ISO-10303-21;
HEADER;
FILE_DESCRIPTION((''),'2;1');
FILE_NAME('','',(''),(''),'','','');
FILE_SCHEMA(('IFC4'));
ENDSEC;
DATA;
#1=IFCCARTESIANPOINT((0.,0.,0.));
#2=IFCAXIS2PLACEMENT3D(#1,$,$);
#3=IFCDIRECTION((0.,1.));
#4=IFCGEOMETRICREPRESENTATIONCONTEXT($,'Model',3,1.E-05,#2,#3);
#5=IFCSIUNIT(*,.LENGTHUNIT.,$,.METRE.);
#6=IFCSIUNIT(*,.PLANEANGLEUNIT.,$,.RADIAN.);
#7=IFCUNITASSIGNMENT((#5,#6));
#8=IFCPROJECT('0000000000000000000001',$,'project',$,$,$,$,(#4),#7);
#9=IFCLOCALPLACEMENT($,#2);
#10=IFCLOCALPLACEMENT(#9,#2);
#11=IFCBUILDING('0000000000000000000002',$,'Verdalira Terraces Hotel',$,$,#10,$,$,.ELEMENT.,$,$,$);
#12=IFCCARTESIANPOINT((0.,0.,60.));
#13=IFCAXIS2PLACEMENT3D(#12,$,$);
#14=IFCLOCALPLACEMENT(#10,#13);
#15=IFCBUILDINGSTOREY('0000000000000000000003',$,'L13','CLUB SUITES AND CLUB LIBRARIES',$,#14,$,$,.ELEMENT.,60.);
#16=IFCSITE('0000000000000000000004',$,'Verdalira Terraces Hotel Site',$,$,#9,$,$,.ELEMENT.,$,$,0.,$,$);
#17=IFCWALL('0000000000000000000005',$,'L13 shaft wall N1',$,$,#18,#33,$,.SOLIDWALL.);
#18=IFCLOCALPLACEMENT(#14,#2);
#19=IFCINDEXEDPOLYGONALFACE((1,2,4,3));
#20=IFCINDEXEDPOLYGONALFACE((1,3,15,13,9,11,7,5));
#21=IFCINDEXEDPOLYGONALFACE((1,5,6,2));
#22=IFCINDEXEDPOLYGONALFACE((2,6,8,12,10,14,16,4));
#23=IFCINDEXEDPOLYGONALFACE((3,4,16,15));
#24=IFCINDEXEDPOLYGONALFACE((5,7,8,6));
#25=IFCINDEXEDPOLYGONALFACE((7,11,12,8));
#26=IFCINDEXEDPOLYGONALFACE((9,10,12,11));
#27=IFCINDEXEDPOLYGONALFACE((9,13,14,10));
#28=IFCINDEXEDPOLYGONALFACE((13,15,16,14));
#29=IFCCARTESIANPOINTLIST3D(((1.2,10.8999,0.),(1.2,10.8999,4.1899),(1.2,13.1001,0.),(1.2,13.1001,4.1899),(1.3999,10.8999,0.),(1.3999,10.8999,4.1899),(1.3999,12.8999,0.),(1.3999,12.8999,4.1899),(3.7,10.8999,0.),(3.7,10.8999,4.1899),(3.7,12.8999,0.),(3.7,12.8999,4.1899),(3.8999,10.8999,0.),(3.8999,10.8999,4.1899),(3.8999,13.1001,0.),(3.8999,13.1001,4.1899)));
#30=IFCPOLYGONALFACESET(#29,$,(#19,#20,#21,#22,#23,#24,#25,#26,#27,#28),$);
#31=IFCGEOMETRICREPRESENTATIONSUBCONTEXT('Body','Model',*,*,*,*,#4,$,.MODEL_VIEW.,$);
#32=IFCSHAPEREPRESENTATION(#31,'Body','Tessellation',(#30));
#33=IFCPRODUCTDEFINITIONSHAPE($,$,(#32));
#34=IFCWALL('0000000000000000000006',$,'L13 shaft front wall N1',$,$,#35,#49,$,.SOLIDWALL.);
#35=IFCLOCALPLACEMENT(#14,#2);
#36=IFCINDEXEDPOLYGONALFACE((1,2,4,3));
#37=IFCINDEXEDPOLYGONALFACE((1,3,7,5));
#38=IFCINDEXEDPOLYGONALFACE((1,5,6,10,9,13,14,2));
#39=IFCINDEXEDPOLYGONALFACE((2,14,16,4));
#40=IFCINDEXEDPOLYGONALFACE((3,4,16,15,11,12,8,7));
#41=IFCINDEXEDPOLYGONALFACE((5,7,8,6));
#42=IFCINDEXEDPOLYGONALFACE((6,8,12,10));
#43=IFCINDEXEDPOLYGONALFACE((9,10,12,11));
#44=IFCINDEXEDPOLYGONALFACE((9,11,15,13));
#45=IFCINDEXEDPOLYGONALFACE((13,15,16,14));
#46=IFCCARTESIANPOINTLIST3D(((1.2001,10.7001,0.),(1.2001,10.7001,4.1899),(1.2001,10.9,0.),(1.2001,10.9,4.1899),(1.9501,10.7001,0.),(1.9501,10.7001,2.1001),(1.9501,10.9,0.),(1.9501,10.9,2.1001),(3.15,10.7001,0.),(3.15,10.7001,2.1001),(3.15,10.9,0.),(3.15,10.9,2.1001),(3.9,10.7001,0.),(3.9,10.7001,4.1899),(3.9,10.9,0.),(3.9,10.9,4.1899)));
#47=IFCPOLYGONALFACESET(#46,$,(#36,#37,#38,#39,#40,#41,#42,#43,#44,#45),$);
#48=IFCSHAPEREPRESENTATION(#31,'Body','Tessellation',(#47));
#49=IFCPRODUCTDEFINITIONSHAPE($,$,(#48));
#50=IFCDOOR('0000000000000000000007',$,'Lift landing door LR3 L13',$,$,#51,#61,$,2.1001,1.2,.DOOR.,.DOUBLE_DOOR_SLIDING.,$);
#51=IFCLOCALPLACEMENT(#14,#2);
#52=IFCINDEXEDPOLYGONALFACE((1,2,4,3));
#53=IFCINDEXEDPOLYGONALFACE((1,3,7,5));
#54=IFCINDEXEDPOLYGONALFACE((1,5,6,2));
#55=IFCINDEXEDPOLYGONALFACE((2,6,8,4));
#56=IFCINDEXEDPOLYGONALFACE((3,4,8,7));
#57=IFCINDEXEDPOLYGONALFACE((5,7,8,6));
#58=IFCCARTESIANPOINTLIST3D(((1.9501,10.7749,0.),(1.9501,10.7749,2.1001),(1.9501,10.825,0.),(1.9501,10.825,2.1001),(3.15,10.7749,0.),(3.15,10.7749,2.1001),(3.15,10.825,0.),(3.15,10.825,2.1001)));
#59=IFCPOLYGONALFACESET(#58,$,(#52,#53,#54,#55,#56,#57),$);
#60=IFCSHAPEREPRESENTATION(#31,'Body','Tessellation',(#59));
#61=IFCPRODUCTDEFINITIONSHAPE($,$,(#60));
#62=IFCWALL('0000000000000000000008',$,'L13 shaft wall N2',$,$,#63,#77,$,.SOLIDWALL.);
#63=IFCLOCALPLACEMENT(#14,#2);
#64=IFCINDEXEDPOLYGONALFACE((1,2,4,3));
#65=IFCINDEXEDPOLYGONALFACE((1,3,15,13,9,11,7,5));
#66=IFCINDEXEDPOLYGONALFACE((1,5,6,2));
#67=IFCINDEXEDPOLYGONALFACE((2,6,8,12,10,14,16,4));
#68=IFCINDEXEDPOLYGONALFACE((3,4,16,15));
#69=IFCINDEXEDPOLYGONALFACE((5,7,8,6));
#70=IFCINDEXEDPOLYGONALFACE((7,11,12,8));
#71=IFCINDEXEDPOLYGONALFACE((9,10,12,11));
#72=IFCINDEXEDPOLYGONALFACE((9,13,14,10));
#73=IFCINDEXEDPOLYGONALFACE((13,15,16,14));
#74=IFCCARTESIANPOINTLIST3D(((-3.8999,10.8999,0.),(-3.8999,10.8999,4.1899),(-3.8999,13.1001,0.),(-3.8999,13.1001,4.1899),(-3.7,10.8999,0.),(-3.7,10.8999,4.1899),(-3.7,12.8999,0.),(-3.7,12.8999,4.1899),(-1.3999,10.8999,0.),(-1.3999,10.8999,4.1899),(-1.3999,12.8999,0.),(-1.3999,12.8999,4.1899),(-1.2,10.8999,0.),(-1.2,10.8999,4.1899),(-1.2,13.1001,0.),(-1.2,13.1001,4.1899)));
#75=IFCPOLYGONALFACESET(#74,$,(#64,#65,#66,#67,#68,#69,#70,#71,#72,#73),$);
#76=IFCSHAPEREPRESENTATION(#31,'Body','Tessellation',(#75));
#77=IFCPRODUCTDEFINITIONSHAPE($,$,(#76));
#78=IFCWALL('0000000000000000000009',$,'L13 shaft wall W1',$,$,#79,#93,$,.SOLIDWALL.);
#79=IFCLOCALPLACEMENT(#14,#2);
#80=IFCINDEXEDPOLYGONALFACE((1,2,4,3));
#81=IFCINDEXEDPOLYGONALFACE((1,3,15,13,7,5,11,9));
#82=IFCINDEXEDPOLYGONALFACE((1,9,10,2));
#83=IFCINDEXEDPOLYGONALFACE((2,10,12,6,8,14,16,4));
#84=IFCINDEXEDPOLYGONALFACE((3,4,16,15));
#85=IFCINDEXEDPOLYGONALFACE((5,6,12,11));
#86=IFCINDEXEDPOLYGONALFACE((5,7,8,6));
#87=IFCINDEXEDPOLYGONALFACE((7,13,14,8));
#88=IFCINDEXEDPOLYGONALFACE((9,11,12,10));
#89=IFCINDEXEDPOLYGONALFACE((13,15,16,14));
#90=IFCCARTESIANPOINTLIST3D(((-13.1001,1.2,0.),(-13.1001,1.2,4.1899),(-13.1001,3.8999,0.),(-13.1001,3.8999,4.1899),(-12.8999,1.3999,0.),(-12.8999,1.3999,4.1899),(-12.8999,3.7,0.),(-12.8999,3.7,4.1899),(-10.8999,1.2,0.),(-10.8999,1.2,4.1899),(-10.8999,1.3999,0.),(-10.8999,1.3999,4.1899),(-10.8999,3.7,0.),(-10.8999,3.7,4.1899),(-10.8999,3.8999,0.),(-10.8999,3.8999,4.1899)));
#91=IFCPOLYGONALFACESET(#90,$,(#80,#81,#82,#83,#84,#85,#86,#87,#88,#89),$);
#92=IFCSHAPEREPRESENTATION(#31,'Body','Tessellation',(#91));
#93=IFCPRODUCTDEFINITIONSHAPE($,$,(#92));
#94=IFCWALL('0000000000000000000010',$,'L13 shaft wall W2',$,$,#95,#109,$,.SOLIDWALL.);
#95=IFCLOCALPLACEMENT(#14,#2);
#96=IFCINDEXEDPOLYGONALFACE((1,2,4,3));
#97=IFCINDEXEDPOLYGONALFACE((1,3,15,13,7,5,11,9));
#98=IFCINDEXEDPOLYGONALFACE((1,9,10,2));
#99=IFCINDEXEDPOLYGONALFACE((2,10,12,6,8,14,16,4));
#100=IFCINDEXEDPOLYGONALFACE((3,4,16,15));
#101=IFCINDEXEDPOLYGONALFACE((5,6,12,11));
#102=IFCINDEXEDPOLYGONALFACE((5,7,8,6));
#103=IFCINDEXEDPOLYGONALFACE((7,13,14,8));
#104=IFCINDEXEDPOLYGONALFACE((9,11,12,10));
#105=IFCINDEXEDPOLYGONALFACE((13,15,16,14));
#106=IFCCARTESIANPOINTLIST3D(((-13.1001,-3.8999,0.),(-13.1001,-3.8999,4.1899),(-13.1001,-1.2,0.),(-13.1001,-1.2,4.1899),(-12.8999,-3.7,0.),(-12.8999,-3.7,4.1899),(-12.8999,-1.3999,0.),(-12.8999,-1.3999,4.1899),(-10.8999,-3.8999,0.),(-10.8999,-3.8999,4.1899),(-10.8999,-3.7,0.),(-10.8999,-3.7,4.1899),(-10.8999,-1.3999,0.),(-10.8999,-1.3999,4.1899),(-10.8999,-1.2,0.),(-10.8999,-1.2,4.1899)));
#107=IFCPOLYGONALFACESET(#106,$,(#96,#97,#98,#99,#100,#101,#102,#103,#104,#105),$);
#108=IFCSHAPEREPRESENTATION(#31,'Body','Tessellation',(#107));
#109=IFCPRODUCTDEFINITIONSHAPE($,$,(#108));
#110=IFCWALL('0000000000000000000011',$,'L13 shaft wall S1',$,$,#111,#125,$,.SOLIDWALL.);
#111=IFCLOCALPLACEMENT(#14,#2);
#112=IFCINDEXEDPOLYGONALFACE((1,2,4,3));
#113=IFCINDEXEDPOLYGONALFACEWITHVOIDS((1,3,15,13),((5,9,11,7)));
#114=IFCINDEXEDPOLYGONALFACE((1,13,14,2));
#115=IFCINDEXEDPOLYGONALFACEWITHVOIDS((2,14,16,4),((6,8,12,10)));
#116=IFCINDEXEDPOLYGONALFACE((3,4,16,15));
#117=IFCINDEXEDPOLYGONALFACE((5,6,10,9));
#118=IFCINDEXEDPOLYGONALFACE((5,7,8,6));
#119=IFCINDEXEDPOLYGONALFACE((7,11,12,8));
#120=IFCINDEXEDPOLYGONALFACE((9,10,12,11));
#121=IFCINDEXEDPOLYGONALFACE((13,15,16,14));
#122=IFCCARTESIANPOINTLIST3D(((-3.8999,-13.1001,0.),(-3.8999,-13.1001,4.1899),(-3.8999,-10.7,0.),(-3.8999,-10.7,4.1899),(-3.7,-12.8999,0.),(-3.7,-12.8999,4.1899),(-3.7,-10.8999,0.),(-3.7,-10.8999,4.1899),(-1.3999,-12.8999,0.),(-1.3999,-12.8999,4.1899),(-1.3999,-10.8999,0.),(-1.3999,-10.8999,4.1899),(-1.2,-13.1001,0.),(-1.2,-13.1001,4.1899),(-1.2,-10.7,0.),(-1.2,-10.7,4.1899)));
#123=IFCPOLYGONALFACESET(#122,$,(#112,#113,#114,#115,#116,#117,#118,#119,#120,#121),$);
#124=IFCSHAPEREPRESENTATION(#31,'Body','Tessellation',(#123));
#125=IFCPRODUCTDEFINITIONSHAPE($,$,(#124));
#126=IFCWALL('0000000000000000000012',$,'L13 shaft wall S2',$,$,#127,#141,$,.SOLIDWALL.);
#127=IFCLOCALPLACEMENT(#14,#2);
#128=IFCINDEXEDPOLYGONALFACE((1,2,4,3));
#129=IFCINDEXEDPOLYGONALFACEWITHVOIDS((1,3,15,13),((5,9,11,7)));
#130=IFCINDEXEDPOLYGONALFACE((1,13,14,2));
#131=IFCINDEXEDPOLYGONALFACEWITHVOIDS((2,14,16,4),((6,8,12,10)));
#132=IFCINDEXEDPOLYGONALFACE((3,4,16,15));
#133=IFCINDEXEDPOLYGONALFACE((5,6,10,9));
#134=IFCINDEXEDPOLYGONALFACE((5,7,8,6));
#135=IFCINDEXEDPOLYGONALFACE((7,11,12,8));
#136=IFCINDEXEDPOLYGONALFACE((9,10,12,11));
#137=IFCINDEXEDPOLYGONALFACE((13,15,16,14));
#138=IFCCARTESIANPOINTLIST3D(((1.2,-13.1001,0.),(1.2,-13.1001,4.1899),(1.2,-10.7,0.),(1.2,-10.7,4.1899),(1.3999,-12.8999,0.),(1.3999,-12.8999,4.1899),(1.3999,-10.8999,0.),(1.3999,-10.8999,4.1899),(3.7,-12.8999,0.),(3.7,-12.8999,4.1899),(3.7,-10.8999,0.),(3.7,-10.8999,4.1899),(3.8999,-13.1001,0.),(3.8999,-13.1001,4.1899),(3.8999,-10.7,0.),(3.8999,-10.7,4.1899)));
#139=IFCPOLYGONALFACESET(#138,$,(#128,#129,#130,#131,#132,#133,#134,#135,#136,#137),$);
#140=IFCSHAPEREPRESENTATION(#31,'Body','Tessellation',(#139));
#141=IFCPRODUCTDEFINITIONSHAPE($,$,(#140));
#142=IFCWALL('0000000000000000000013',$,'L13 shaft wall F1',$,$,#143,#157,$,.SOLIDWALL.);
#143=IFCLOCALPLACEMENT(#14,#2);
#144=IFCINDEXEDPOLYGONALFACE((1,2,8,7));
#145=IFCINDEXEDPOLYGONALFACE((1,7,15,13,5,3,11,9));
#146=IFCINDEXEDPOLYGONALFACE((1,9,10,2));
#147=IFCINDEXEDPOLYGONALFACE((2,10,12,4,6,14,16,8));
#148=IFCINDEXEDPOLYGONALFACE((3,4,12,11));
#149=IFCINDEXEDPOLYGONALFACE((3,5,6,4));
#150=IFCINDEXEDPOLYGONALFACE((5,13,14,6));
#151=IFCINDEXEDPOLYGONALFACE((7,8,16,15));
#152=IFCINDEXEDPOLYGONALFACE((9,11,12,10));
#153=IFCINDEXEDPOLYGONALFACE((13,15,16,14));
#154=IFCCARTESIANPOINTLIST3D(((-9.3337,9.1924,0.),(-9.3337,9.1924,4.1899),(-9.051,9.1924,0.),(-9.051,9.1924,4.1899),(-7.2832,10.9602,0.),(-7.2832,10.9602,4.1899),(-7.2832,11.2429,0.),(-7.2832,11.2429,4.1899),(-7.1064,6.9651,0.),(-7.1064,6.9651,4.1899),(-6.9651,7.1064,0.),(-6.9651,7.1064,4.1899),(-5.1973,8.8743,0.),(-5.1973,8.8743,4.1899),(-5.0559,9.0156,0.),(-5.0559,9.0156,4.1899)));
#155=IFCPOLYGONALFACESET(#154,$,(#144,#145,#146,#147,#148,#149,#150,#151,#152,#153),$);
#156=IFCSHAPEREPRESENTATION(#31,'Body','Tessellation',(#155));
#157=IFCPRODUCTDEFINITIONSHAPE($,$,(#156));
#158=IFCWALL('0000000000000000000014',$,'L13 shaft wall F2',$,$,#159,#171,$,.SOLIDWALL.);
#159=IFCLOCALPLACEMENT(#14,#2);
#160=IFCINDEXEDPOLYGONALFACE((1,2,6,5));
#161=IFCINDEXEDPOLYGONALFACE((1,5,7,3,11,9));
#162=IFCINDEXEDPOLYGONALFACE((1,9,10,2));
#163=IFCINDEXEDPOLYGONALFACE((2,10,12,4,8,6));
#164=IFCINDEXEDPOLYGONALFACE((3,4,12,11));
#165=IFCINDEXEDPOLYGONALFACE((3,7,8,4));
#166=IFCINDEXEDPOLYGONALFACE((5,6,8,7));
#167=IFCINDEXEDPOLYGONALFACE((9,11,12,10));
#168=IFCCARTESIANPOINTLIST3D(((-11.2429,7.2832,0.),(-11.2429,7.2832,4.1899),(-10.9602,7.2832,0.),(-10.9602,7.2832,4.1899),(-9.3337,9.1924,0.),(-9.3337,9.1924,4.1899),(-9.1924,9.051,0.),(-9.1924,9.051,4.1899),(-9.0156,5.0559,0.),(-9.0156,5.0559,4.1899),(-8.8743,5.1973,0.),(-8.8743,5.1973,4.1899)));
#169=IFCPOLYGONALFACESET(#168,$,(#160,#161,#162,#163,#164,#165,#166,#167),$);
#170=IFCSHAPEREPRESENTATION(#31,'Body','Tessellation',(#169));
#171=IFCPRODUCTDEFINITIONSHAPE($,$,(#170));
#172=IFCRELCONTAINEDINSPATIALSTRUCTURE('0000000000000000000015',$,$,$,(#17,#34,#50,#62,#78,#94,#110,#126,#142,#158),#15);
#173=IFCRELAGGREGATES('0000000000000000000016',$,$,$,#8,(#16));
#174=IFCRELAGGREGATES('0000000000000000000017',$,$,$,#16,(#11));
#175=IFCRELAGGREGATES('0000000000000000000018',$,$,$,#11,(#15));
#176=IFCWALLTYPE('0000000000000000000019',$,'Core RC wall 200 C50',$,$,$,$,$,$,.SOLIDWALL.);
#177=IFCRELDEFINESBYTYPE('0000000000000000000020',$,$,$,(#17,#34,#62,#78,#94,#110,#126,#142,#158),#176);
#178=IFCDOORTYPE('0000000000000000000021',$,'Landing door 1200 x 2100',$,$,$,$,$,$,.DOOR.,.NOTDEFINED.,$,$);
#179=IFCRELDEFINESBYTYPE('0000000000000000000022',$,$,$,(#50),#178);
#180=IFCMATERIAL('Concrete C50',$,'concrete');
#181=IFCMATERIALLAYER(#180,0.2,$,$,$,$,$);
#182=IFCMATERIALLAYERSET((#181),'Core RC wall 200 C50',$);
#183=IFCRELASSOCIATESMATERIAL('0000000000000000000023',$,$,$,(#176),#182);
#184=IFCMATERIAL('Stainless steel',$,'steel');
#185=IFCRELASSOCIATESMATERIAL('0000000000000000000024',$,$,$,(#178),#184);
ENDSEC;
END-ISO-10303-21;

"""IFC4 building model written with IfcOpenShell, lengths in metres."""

from ifc_helpers import new_model, si_unit, direction, frame, frame_2d, origin, place, context, subcontext, project, spatial, polyline, rectangle, outline, extrude, material, layer, layer_set, type_object, element, fill, save


model = new_model("IFC4")

# Units and contexts
model_context = context("Model", 3, precision=1e-05, world=origin(), true_north=direction((0.0, 1.0)))
body_context = subcontext(model_context, "Body", "Model", "MODEL_VIEW")
ifc_project = project(units=[si_unit("LENGTHUNIT", "METRE"), si_unit("PLANEANGLEUNIT", "RADIAN")], contexts=[model_context])

# Site, building, storey
site_placement = place(None, origin())
site = spatial("IfcSite", under=ifc_project, at=site_placement, Name="Verdalira Terraces Hotel Site", CompositionType="ELEMENT", RefElevation=0.0)
building_placement = place(site_placement, origin())
building = spatial("IfcBuilding", under=site, at=building_placement, Name="Verdalira Terraces Hotel", CompositionType="ELEMENT")
storey_placement = place(building_placement, frame((0.0, 0.0, 60.0)))
storey = spatial("IfcBuildingStorey", under=building, at=storey_placement, Name="L13", Description="CLUB SUITES AND CLUB LIBRARIES", CompositionType="ELEMENT", Elevation=60.0)

# Wall
ifc_material_1 = material(Name="Concrete C50", Category="concrete")
ifc_layer_1 = layer(ifc_material_1, 0.2)
ifc_layer_set_1 = layer_set([ifc_layer_1], Name="Core RC wall 200 C50")
wall_type_1 = type_object("IfcWallType", Name="Core RC wall 200 C50", PredefinedType="SOLIDWALL", material=ifc_layer_set_1)
wall_1_placement = place(storey_placement, origin())
element("IfcWall", 1, at=wall_1_placement, inside=storey, type_object=wall_type_1, Name="L13 shaft wall N1", PredefinedType="SOLIDWALL", context=body_context, shape_type="SweptSolid", body=[
    extrude(outline(polyline([(3.8999, 13.1001), (3.8999, 10.8999), (3.7, 10.8999), (3.7, 12.8999), (1.3999, 12.8999), (1.3999, 10.8999), (1.2, 10.8999), (1.2, 13.1001), (3.8999, 13.1001)])), origin(), (0.0, 0.0, 1.0), 4.1899),
])

# Wall, opening, door
wall_2_placement = place(storey_placement, frame((1.2, 10.8, 0.0), z_axis=(0.0, 0.0, 1.0), x_axis=(1.0, 0.0, 0.0)))
wall_2 = element("IfcWall", 2, at=wall_2_placement, inside=storey, type_object=wall_type_1, Name="L13 shaft front wall N1", PredefinedType="SOLIDWALL", context=body_context, shape_type="SweptSolid", body=[
    extrude(rectangle(XDim=2.7, YDim=0.2, at=frame_2d((1.3501, 0.0))), origin(), (0.0, 0.0, 1.0), 4.1899),
])
opening_1_placement = place(wall_2_placement, frame((0.75, 0.0, 0.0)))
opening_1 = element("IfcOpeningElement", 3, at=opening_1_placement, cuts=wall_2, PredefinedType="OPENING", context=body_context, shape_type="SweptSolid", body=[
    extrude(rectangle(XDim=1.2, YDim=2.1001, at=frame_2d((0.6001, 1.05))), frame((0.0, 0.1099, 0.0), z_axis=(0.0, -1.0, 0.0), x_axis=(1.0, 0.0, 0.0)), (0.0, 0.0, 1.0), 0.22),
])
ifc_material_2 = material(Name="Stainless steel", Category="steel")
door_type_1 = type_object("IfcDoorType", Name="Landing door 1200 x 2100", OperationType="NOTDEFINED", PredefinedType="DOOR", material=ifc_material_2)
door_1_placement = place(opening_1_placement, origin())
door_1 = element("IfcDoor", 4, at=door_1_placement, inside=storey, type_object=door_type_1, Name="Lift landing door LR3 L13", OperationType="DOUBLE_DOOR_SLIDING", OverallHeight=2.1001, OverallWidth=1.2, PredefinedType="DOOR", context=body_context, shape_type="SweptSolid", body=[
    extrude(rectangle(XDim=1.2, YDim=2.1001, at=frame_2d((0.6001, 1.05))), frame((0.0, 0.0249, 0.0), z_axis=(0.0, -1.0, 0.0), x_axis=(1.0, 0.0, 0.0)), (0.0, 0.0, 1.0), 0.05),
])
fill(opening_1, door_1)

# Walls
wall_3_placement = place(storey_placement, origin())
element("IfcWall", 5, at=wall_3_placement, inside=storey, type_object=wall_type_1, Name="L13 shaft wall N2", PredefinedType="SOLIDWALL", context=body_context, shape_type="SweptSolid", body=[
    extrude(outline(polyline([(-3.8999, 10.8999), (-3.8999, 13.1001), (-1.2, 13.1001), (-1.2, 10.8999), (-1.3999, 10.8999), (-1.3999, 12.8999), (-3.7, 12.8999), (-3.7, 10.8999), (-3.8999, 10.8999)])), origin(), (0.0, 0.0, 1.0), 4.1899),
])
wall_4_placement = place(storey_placement, origin())
element("IfcWall", 6, at=wall_4_placement, inside=storey, type_object=wall_type_1, Name="L13 shaft wall W1", PredefinedType="SOLIDWALL", context=body_context, shape_type="SweptSolid", body=[
    extrude(outline(polyline([(-13.1001, 3.8999), (-10.8999, 3.8999), (-10.8999, 3.7), (-12.8999, 3.7), (-12.8999, 1.3999), (-10.8999, 1.3999), (-10.8999, 1.2), (-13.1001, 1.2), (-13.1001, 3.8999)])), origin(), (0.0, 0.0, 1.0), 4.1899),
])
wall_5_placement = place(storey_placement, origin())
element("IfcWall", 7, at=wall_5_placement, inside=storey, type_object=wall_type_1, Name="L13 shaft wall W2", PredefinedType="SOLIDWALL", context=body_context, shape_type="SweptSolid", body=[
    extrude(outline(polyline([(-13.1001, -3.8999), (-13.1001, -1.2), (-10.8999, -1.2), (-10.8999, -1.3999), (-12.8999, -1.3999), (-12.8999, -3.7), (-10.8999, -3.7), (-10.8999, -3.8999), (-13.1001, -3.8999)])), origin(), (0.0, 0.0, 1.0), 4.1899),
])
wall_6_placement = place(storey_placement, origin())
element("IfcWall", 8, at=wall_6_placement, inside=storey, type_object=wall_type_1, Name="L13 shaft wall S1", PredefinedType="SOLIDWALL", context=body_context, shape_type="SweptSolid", body=[
    extrude(outline(polyline([(-1.2, -13.1001), (-3.8999, -13.1001), (-3.8999, -10.7), (-1.2, -10.7), (-1.2, -13.1001)]), holes=[polyline([(-3.7, -10.8999), (-3.7, -12.8999), (-1.3999, -12.8999), (-1.3999, -10.8999), (-3.7, -10.8999)])]), origin(), (0.0, 0.0, 1.0), 4.1899),
])
wall_7_placement = place(storey_placement, origin())
element("IfcWall", 9, at=wall_7_placement, inside=storey, type_object=wall_type_1, Name="L13 shaft wall S2", PredefinedType="SOLIDWALL", context=body_context, shape_type="SweptSolid", body=[
    extrude(outline(polyline([(3.8999, -10.7), (3.8999, -13.1001), (1.2, -13.1001), (1.2, -10.7), (3.8999, -10.7)]), holes=[polyline([(1.3999, -12.8999), (3.7, -12.8999), (3.7, -10.8999), (1.3999, -10.8999), (1.3999, -12.8999)])]), origin(), (0.0, 0.0, 1.0), 4.1899),
])
wall_8_placement = place(storey_placement, origin())
element("IfcWall", 10, at=wall_8_placement, inside=storey, type_object=wall_type_1, Name="L13 shaft wall F1", PredefinedType="SOLIDWALL", context=body_context, shape_type="SweptSolid", body=[
    extrude(outline(polyline([(-9.3337, 9.1924), (-7.2832, 11.2429), (-5.0559, 9.0156), (-5.1973, 8.8743), (-7.2832, 10.9602), (-9.051, 9.1924), (-6.9651, 7.1064), (-7.1064, 6.9651), (-9.3337, 9.1924)])), origin(), (0.0, 0.0, 1.0), 4.1899),
])
wall_9_placement = place(storey_placement, origin())
element("IfcWall", 11, at=wall_9_placement, inside=storey, type_object=wall_type_1, Name="L13 shaft wall F2", PredefinedType="SOLIDWALL", context=body_context, shape_type="SweptSolid", body=[
    extrude(outline(polyline([(-11.2429, 7.2832), (-9.3337, 9.1924), (-9.1924, 9.051), (-10.9602, 7.2832), (-8.8743, 5.1973), (-9.0156, 5.0559), (-11.2429, 7.2832)])), origin(), (0.0, 0.0, 1.0), 4.1899),
])

save(model, "model.ifc")
